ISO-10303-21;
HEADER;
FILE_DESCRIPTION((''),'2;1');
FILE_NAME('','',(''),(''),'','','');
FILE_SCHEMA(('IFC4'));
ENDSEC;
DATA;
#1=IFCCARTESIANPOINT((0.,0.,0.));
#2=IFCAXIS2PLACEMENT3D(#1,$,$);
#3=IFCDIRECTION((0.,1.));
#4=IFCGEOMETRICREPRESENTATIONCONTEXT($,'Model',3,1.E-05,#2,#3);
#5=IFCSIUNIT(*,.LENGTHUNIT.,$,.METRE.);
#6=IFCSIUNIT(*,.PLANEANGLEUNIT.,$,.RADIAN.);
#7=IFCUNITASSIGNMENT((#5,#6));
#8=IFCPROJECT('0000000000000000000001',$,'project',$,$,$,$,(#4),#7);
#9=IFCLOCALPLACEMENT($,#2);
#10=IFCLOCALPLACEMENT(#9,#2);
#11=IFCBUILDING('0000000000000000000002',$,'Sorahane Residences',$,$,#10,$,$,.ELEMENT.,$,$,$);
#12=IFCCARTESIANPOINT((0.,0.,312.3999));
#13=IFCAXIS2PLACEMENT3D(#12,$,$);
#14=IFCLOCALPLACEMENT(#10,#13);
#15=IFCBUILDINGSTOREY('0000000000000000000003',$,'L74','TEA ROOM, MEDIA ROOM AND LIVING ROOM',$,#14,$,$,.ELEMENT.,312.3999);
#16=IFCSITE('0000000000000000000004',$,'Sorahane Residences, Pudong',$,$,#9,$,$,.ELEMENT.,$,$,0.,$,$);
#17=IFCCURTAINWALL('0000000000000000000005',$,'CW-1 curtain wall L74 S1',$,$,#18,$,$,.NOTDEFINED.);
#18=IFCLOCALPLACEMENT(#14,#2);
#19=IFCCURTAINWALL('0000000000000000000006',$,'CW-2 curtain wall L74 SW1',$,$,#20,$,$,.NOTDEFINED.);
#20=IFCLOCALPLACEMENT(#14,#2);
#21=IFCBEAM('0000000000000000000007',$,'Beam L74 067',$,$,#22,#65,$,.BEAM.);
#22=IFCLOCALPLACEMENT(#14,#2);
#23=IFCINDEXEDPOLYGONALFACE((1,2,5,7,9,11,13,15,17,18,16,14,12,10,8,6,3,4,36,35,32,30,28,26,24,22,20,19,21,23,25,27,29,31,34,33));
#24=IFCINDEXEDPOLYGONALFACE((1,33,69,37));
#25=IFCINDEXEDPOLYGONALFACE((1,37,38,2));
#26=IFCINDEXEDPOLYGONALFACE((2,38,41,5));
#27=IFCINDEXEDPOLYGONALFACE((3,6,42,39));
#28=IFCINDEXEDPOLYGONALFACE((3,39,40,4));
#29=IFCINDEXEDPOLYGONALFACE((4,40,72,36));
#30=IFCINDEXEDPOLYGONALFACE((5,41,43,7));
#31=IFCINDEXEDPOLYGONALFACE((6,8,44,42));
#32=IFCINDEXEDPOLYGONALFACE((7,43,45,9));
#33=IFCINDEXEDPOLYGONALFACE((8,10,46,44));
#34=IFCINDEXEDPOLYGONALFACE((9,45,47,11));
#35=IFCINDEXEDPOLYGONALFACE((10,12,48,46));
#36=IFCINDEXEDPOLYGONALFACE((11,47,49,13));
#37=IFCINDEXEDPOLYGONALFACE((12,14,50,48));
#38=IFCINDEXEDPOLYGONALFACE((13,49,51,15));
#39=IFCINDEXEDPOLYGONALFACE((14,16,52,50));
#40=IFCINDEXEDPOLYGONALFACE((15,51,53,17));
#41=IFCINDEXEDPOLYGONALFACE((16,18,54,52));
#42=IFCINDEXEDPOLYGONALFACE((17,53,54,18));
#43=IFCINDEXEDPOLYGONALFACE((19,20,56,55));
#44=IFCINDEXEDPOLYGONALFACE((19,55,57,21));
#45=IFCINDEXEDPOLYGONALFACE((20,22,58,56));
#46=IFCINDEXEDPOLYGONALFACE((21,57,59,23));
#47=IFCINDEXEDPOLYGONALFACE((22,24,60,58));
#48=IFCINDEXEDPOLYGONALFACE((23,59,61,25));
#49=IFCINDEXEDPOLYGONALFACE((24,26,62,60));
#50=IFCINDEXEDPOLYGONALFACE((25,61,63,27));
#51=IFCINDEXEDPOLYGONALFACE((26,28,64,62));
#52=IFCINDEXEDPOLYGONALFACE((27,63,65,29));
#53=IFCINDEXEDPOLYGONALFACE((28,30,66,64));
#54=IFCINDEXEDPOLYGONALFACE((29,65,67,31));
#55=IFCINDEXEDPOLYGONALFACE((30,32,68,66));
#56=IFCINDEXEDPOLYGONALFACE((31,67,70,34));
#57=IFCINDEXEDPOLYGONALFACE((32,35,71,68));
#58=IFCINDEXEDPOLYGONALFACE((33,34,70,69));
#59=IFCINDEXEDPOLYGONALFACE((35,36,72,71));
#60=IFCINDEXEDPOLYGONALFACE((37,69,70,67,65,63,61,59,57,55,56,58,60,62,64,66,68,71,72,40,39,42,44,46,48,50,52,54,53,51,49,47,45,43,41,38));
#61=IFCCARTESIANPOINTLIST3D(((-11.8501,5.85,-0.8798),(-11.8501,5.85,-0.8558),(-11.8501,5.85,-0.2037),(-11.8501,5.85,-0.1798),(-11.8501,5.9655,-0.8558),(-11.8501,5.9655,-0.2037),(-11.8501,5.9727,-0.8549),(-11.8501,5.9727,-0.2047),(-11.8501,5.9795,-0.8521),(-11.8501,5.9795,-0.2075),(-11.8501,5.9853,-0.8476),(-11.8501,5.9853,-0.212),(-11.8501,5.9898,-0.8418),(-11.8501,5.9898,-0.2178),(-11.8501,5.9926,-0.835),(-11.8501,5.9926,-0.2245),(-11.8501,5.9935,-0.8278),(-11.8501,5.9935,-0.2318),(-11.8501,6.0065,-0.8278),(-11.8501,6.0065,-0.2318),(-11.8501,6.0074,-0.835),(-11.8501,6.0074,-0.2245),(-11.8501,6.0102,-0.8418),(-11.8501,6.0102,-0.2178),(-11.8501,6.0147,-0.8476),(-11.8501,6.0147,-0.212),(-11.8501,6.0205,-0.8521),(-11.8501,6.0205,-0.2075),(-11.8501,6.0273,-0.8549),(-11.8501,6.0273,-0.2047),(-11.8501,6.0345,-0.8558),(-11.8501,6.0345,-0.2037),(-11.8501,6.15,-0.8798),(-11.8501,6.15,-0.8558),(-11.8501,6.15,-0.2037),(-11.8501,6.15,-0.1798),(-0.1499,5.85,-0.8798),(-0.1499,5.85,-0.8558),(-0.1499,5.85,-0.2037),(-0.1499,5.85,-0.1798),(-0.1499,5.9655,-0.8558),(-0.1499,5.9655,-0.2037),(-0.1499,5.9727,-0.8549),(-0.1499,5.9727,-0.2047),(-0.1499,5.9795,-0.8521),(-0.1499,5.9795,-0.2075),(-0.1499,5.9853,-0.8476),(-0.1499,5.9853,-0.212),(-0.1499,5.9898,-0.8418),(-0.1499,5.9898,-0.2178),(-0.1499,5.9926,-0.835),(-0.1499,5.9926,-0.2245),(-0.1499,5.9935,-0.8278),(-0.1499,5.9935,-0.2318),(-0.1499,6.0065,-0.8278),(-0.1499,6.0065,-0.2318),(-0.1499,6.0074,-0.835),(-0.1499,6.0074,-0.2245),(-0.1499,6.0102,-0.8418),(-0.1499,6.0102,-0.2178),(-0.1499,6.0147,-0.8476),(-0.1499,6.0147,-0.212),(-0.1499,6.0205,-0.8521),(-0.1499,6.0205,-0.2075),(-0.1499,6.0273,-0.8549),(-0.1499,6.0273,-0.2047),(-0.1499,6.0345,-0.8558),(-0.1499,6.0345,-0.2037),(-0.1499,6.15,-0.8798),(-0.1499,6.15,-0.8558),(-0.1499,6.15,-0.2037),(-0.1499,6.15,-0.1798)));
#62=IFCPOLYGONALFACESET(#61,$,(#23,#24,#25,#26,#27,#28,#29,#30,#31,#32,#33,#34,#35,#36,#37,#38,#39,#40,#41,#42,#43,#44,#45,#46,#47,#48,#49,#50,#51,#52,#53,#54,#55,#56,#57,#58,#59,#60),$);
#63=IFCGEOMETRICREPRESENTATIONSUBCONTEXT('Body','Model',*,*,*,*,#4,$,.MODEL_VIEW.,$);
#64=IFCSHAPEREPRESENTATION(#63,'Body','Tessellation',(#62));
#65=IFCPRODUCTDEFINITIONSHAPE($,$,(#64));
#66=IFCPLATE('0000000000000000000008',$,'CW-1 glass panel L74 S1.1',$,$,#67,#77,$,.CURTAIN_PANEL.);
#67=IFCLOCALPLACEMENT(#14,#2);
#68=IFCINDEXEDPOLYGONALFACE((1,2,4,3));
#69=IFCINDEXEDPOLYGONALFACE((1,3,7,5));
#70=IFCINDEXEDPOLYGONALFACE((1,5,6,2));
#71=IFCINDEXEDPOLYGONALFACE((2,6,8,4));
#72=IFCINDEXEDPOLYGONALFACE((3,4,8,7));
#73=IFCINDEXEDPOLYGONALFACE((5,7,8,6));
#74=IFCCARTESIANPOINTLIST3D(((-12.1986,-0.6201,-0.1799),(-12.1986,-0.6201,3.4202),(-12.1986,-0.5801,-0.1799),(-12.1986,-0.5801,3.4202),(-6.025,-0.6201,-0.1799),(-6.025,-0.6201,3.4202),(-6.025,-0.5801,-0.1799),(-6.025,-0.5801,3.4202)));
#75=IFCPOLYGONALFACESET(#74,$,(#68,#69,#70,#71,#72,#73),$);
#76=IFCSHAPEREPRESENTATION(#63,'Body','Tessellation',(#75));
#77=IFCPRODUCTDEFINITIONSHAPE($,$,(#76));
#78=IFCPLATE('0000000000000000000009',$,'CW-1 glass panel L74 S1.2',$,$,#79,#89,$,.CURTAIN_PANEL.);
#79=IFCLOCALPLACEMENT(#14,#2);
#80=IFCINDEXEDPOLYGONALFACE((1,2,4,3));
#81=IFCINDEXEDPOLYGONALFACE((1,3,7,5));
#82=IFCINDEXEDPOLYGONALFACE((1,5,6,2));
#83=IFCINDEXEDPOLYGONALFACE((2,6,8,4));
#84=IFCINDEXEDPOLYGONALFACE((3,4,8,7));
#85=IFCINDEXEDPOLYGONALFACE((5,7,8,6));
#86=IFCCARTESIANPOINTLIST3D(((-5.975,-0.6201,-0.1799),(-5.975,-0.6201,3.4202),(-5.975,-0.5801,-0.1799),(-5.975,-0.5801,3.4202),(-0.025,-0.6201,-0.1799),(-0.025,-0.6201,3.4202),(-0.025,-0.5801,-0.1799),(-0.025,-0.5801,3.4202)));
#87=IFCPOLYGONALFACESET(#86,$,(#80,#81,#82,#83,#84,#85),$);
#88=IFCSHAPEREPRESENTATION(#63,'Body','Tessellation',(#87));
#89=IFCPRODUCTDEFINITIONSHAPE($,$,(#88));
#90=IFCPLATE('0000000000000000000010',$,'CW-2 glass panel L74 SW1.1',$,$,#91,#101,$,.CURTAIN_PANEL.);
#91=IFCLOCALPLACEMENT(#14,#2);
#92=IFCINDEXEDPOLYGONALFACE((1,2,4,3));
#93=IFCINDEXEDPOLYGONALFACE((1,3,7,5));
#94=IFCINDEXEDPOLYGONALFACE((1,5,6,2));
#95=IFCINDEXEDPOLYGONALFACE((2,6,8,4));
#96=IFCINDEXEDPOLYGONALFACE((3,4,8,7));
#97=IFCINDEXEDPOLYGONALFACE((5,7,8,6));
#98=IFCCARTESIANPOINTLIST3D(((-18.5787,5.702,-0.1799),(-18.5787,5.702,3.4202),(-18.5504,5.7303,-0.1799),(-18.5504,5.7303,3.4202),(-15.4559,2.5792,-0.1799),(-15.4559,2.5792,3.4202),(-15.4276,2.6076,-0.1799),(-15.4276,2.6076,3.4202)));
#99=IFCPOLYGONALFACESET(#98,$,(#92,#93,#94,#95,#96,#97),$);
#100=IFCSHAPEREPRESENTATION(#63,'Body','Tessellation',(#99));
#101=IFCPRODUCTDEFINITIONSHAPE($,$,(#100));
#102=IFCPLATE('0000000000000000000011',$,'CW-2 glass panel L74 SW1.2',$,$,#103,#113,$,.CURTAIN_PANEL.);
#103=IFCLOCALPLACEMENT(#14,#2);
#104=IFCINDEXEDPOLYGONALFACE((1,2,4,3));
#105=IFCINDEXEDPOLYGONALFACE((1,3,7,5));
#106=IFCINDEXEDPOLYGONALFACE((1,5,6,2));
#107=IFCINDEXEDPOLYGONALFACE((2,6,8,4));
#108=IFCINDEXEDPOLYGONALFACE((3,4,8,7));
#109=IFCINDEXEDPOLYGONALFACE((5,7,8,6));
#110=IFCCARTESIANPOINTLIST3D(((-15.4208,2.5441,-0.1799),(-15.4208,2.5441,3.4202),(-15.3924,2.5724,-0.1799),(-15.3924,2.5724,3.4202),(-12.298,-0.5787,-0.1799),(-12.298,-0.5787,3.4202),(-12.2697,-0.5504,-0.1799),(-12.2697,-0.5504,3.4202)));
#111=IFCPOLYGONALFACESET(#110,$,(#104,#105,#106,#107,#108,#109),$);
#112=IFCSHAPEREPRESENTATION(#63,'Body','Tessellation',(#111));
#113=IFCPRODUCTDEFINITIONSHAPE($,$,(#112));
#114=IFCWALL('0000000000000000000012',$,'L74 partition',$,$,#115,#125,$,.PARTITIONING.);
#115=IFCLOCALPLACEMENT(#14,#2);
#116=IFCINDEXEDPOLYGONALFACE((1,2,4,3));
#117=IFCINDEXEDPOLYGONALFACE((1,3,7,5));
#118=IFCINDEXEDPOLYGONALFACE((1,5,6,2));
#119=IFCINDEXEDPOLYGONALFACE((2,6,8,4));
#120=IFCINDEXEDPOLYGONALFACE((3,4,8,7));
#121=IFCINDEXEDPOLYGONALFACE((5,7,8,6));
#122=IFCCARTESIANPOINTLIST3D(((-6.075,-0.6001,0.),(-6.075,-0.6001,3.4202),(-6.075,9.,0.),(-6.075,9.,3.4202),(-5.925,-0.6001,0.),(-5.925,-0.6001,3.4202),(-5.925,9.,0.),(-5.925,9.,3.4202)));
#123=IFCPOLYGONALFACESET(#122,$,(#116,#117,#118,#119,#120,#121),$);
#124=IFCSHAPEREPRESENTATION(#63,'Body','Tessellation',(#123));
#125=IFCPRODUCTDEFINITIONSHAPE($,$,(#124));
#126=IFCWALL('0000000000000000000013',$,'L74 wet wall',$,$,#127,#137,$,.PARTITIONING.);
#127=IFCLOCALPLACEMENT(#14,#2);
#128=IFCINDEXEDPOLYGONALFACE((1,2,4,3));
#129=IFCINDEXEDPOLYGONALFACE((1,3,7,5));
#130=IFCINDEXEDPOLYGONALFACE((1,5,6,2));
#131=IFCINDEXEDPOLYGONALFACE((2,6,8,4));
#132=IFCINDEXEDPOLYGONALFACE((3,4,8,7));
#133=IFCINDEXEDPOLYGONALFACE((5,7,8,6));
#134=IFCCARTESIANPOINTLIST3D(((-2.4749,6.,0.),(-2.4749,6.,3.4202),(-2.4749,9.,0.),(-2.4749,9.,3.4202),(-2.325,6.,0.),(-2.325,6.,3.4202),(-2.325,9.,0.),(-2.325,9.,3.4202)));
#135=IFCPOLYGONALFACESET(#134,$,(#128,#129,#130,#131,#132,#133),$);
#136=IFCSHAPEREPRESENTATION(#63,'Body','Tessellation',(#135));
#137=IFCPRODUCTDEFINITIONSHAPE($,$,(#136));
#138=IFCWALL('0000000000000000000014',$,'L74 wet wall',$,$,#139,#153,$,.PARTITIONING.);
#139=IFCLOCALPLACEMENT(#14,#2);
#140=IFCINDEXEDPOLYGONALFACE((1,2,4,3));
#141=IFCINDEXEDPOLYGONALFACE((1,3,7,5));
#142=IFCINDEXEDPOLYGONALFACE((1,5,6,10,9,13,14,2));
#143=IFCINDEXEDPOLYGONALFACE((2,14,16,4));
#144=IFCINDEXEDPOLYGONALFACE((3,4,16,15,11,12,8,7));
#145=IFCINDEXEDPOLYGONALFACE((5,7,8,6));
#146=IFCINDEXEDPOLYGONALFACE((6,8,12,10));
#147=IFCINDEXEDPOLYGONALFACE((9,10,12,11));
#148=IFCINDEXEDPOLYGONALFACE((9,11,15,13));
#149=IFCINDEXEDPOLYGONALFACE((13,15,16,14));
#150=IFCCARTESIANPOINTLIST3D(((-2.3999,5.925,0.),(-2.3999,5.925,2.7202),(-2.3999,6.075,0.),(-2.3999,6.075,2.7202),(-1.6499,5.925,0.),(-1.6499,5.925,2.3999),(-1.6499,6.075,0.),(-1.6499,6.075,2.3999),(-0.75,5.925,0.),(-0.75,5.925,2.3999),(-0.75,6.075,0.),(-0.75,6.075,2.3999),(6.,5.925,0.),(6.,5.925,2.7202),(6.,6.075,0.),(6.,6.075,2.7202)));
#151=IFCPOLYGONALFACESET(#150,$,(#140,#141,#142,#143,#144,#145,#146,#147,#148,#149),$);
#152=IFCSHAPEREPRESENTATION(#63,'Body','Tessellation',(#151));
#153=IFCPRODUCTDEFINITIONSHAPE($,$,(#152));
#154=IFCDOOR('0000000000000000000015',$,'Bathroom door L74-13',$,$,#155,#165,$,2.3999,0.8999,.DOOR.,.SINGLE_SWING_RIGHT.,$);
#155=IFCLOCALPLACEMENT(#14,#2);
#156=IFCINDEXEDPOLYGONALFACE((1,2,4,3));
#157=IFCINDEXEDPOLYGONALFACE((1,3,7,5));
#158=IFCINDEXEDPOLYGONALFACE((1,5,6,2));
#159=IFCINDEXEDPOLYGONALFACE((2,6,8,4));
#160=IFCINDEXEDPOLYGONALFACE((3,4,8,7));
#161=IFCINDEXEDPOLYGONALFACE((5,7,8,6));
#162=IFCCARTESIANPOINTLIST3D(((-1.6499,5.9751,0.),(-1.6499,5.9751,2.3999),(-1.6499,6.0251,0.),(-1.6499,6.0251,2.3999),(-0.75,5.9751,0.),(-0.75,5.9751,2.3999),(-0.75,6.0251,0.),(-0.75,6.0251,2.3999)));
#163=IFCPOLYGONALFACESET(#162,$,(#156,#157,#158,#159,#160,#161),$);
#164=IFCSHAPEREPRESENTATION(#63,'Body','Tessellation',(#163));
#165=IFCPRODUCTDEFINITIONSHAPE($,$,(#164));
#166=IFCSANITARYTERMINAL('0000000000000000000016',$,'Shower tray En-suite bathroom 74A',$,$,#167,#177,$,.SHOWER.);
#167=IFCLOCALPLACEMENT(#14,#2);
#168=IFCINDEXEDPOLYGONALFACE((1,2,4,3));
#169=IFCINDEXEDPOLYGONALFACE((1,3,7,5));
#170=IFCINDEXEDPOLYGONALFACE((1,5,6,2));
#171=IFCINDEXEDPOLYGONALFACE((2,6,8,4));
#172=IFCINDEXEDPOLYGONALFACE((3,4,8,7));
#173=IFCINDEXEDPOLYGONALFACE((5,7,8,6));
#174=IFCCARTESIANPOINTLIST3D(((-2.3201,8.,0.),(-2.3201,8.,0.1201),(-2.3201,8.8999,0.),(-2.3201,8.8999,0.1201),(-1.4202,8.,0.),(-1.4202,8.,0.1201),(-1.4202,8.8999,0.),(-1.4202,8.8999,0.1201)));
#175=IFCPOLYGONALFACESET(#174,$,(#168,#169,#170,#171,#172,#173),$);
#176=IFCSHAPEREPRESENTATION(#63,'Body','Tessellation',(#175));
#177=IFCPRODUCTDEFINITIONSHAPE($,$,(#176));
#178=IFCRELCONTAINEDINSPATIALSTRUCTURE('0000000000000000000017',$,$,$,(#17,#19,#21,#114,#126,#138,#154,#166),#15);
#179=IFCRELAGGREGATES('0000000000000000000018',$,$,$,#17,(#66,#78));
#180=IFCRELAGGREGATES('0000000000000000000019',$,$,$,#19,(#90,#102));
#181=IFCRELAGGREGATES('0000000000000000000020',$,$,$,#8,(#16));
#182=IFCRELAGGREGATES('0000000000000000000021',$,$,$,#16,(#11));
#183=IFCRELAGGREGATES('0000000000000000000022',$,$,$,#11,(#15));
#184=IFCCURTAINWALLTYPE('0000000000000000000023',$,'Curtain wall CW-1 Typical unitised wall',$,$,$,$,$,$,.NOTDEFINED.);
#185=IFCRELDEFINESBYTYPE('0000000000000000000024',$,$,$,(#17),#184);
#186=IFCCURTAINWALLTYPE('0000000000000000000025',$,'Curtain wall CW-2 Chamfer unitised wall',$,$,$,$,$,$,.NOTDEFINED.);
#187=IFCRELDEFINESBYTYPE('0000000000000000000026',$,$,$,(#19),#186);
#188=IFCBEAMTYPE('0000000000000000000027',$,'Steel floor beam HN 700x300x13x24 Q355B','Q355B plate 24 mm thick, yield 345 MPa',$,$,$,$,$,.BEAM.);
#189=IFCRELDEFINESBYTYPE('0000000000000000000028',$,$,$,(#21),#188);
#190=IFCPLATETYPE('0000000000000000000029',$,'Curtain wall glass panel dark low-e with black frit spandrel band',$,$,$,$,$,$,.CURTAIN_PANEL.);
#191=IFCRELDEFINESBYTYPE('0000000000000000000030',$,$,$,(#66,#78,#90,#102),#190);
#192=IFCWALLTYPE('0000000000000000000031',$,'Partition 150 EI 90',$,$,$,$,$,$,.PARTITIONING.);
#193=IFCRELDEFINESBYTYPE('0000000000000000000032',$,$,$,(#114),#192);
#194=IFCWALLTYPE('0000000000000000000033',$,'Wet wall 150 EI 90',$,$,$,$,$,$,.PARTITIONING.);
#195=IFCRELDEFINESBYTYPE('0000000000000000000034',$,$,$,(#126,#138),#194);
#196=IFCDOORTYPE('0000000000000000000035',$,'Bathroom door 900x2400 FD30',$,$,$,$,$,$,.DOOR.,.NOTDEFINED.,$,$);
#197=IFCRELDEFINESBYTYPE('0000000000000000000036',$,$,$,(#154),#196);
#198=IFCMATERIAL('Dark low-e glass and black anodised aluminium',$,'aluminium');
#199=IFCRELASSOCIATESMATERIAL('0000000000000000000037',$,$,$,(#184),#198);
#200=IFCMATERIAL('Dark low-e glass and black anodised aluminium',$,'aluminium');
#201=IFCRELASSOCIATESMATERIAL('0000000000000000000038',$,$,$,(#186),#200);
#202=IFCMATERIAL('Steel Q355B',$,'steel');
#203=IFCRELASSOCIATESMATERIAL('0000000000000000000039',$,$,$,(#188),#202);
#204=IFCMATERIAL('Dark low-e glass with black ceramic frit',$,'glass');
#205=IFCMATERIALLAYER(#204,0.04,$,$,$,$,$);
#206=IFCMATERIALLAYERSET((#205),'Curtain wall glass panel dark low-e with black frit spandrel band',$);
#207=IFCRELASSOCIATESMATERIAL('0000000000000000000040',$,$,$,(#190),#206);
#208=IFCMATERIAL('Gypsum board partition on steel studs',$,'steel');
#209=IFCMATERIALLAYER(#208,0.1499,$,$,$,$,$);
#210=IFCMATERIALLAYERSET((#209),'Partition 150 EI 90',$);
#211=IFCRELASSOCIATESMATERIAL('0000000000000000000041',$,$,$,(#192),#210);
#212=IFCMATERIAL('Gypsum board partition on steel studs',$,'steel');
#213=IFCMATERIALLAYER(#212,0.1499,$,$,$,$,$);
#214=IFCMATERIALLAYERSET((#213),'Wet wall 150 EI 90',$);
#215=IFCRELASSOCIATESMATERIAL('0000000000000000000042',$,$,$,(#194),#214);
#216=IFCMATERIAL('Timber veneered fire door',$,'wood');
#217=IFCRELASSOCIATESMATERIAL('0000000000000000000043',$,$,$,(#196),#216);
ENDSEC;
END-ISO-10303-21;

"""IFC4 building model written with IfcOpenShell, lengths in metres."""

from ifc_helpers import new_model, si_unit, direction, frame, frame_2d, origin, origin_2d, place, context, subcontext, project, spatial, rectangle, i_section, extrude, material, layer, layer_set, material_profile, profile_set, type_object, element, fill, aggregate, save


model = new_model("IFC4")

# Units and contexts
model_context = context("Model", 3, precision=1e-05, world=origin(), true_north=direction((0.0, 1.0)))
body_context = subcontext(model_context, "Body", "Model", "MODEL_VIEW")
ifc_project = project(units=[si_unit("LENGTHUNIT", "METRE"), si_unit("PLANEANGLEUNIT", "RADIAN")], contexts=[model_context])

# Site, building, storey
site_placement = place(None, origin())
site = spatial("IfcSite", under=ifc_project, at=site_placement, Name="Sorahane Residences, Pudong", CompositionType="ELEMENT", RefElevation=0.0)
building_placement = place(site_placement, origin())
building = spatial("IfcBuilding", under=site, at=building_placement, Name="Sorahane Residences", CompositionType="ELEMENT")
storey_placement = place(building_placement, frame((0.0, 0.0, 312.3999)))
storey = spatial("IfcBuildingStorey", under=building, at=storey_placement, Name="L74", Description="TEA ROOM, MEDIA ROOM AND LIVING ROOM", CompositionType="ELEMENT", Elevation=312.3999)

# Curtain wall
ifc_material_1 = material(Name="Dark low-e glass and black anodised aluminium", Category="aluminium")
curtain_wall_type_1 = type_object("IfcCurtainWallType", Name="Curtain wall CW-1 Typical unitised wall", PredefinedType="NOTDEFINED", material=ifc_material_1)
curtain_wall_1_placement = place(storey_placement, origin())
curtain_wall_1 = element("IfcCurtainWall", 1, at=curtain_wall_1_placement, inside=storey, type_object=curtain_wall_type_1, Name="CW-1 curtain wall L74 S1", PredefinedType="NOTDEFINED")

# Curtain wall
ifc_material_2 = material(Name="Dark low-e glass and black anodised aluminium", Category="aluminium")
curtain_wall_type_2 = type_object("IfcCurtainWallType", Name="Curtain wall CW-2 Chamfer unitised wall", PredefinedType="NOTDEFINED", material=ifc_material_2)
curtain_wall_2_placement = place(storey_placement, origin())
curtain_wall_2 = element("IfcCurtainWall", 2, at=curtain_wall_2_placement, inside=storey, type_object=curtain_wall_type_2, Name="CW-2 curtain wall L74 SW1", PredefinedType="NOTDEFINED")

# Beam
ifc_material_3 = material(Name="Steel Q355B", Category="steel")
ifc_material_profile_1 = material_profile(ifc_material_3, i_section(OverallWidth=0.3, OverallDepth=0.7, WebThickness=0.0129, FlangeThickness=0.0239, FilletRadius=0.0281, at=origin_2d()), Name="HN 700x300x13x24")
ifc_profile_set_1 = profile_set([ifc_material_profile_1], Name="Steel Q355B")
beam_type_1 = type_object("IfcBeamType", Name="Steel floor beam HN 700x300x13x24 Q355B", Description="Q355B plate 24 mm thick, yield 345 MPa", PredefinedType="BEAM", material=ifc_profile_set_1)
beam_1_placement = place(storey_placement, frame((-11.8501, 6.0, -0.5298), z_axis=(1.0, 0.0, 0.0), x_axis=(0.0, 1.0, 0.0)))
element("IfcBeam", 3, at=beam_1_placement, inside=storey, type_object=beam_type_1, Name="Beam L74 067", PredefinedType="BEAM", context=body_context, shape_type="SweptSolid", body=[
    extrude(i_section(OverallWidth=0.3, OverallDepth=0.7, WebThickness=0.0129, FlangeThickness=0.0239, FilletRadius=0.0281, at=origin_2d()), origin(), (0.0, 0.0, 1.0), 11.7002),
])

# Plates
ifc_material_4 = material(Name="Dark low-e glass with black ceramic frit", Category="glass")
ifc_layer_1 = layer(ifc_material_4, 0.04)
ifc_layer_set_1 = layer_set([ifc_layer_1], Name="Curtain wall glass panel dark low-e with black frit spandrel band")
plate_type = type_object("IfcPlateType", Name="Curtain wall glass panel dark low-e with black frit spandrel band", PredefinedType="CURTAIN_PANEL", material=ifc_layer_set_1)
plate_1_placement = place(storey_placement, frame((-9.1118, -0.6001, -0.1799), z_axis=(0.0, 0.0, 1.0), x_axis=(1.0, 0.0, 0.0)))
plate_1 = element("IfcPlate", 4, at=plate_1_placement, type_object=plate_type, Name="CW-1 glass panel L74 S1.1", PredefinedType="CURTAIN_PANEL", context=body_context, shape_type="SweptSolid", body=[
    extrude(rectangle(XDim=6.1736, YDim=0.04, at=origin_2d()), origin(), (0.0, 0.0, 1.0), 3.6001),
])
plate_2_placement = place(storey_placement, frame((-3.0, -0.6001, -0.1799), z_axis=(0.0, 0.0, 1.0), x_axis=(1.0, 0.0, 0.0)))
plate_2 = element("IfcPlate", 5, at=plate_2_placement, type_object=plate_type, Name="CW-1 glass panel L74 S1.2", PredefinedType="CURTAIN_PANEL", context=body_context, shape_type="SweptSolid", body=[
    extrude(rectangle(XDim=5.95, YDim=0.04, at=origin_2d()), origin(), (0.0, 0.0, 1.0), 3.6001),
])
aggregate(curtain_wall_1, [plate_1, plate_2])
plate_3_placement = place(storey_placement, frame((-17.0032, 4.1548, -0.1799), z_axis=(0.0, 0.0, 1.0), x_axis=(0.707107, -0.707107, 0.0)))
plate_3 = element("IfcPlate", 6, at=plate_3_placement, type_object=plate_type, Name="CW-2 glass panel L74 SW1.1", PredefinedType="CURTAIN_PANEL", context=body_context, shape_type="SweptSolid", body=[
    extrude(rectangle(XDim=4.4163, YDim=0.04, at=origin_2d()), origin(), (0.0, 0.0, 1.0), 3.6001),
])
plate_4_placement = place(storey_placement, frame((-13.8452, 0.9968, -0.1799), z_axis=(0.0, 0.0, 1.0), x_axis=(0.707107, -0.707107, 0.0)))
plate_4 = element("IfcPlate", 7, at=plate_4_placement, type_object=plate_type, Name="CW-2 glass panel L74 SW1.2", PredefinedType="CURTAIN_PANEL", context=body_context, shape_type="SweptSolid", body=[
    extrude(rectangle(XDim=4.4163, YDim=0.04, at=origin_2d()), origin(), (0.0, 0.0, 1.0), 3.6001),
])
aggregate(curtain_wall_2, [plate_3, plate_4])

# Wall
ifc_material_5 = material(Name="Gypsum board partition on steel studs", Category="steel")
ifc_layer_2 = layer(ifc_material_5, 0.1499)
ifc_layer_set_2 = layer_set([ifc_layer_2], Name="Partition 150 EI 90")
wall_type_1 = type_object("IfcWallType", Name="Partition 150 EI 90", PredefinedType="PARTITIONING", material=ifc_layer_set_2)
wall_1_placement = place(storey_placement, frame((-6.0, -0.6001, 0.0), z_axis=(0.0, 0.0, 1.0), x_axis=(0.0, 1.0, 0.0)))
element("IfcWall", 8, at=wall_1_placement, inside=storey, type_object=wall_type_1, Name="L74 partition", PredefinedType="PARTITIONING", context=body_context, shape_type="SweptSolid", body=[
    extrude(rectangle(XDim=9.6001, YDim=0.1499, at=frame_2d((4.8, 0.0))), origin(), (0.0, 0.0, 1.0), 3.4202),
])

# Wall
ifc_material_6 = material(Name="Gypsum board partition on steel studs", Category="steel")
ifc_layer_3 = layer(ifc_material_6, 0.1499)
ifc_layer_set_3 = layer_set([ifc_layer_3], Name="Wet wall 150 EI 90")
wall_type_2 = type_object("IfcWallType", Name="Wet wall 150 EI 90", PredefinedType="PARTITIONING", material=ifc_layer_set_3)
wall_2_placement = place(storey_placement, frame((-2.3999, 6.0, 0.0), z_axis=(0.0, 0.0, 1.0), x_axis=(0.0, 1.0, 0.0)))
element("IfcWall", 9, at=wall_2_placement, inside=storey, type_object=wall_type_2, Name="L74 wet wall", PredefinedType="PARTITIONING", context=body_context, shape_type="SweptSolid", body=[
    extrude(rectangle(XDim=3.0, YDim=0.1499, at=frame_2d((1.5, 0.0))), origin(), (0.0, 0.0, 1.0), 3.4202),
])

# Wall, opening, door
wall_3_placement = place(storey_placement, frame((-2.3999, 6.0, 0.0), z_axis=(0.0, 0.0, 1.0), x_axis=(1.0, 0.0, 0.0)))
wall_3 = element("IfcWall", 10, at=wall_3_placement, inside=storey, type_object=wall_type_2, Name="L74 wet wall", PredefinedType="PARTITIONING", context=body_context, shape_type="SweptSolid", body=[
    extrude(rectangle(XDim=8.3999, YDim=0.1499, at=frame_2d((4.2, 0.0))), origin(), (0.0, 0.0, 1.0), 2.7202),
])
opening_1_placement = place(wall_3_placement, frame((0.75, 0.0, 0.0)))
opening_1 = element("IfcOpeningElement", 11, at=opening_1_placement, cuts=wall_3, PredefinedType="OPENING", context=body_context, shape_type="SweptSolid", body=[
    extrude(rectangle(XDim=0.8999, YDim=2.3999, at=frame_2d((0.45, 1.2))), frame((0.0, 0.085, 0.0), z_axis=(0.0, -1.0, 0.0), x_axis=(1.0, 0.0, 0.0)), (0.0, 0.0, 1.0), 0.1699),
])
ifc_material_7 = material(Name="Timber veneered fire door", Category="wood")
door_type_1 = type_object("IfcDoorType", Name="Bathroom door 900x2400 FD30", OperationType="NOTDEFINED", PredefinedType="DOOR", material=ifc_material_7)
door_1_placement = place(opening_1_placement, frame((0.8999, 0.0, 0.0), z_axis=(0.0, 0.0, 1.0), x_axis=(-1.0, 0.0, 0.0)))
door_1 = element("IfcDoor", 12, at=door_1_placement, inside=storey, type_object=door_type_1, Name="Bathroom door L74-13", OperationType="SINGLE_SWING_RIGHT", OverallHeight=2.3999, OverallWidth=0.8999, PredefinedType="DOOR", context=body_context, shape_type="SweptSolid", body=[
    extrude(rectangle(XDim=0.8999, YDim=2.3999, at=frame_2d((0.45, 1.2))), frame((0.0, 0.0249, 0.0), z_axis=(0.0, -1.0, 0.0), x_axis=(1.0, 0.0, 0.0)), (0.0, 0.0, 1.0), 0.05),
])
fill(opening_1, door_1)

# Sanitary terminal
sanitary_terminal_placement = place(storey_placement, frame((-1.8701, 8.45, 0.0), z_axis=(0.0, 0.0, 1.0), x_axis=(1.0, 0.0, 0.0)))
element("IfcSanitaryTerminal", 13, at=sanitary_terminal_placement, inside=storey, Name="Shower tray En-suite bathroom 74A", PredefinedType="SHOWER", context=body_context, shape_type="SweptSolid", body=[
    extrude(rectangle(XDim=0.8999, YDim=0.8999, at=origin_2d()), origin(), (0.0, 0.0, 1.0), 0.1201),
])

save(model, "model.ifc")
